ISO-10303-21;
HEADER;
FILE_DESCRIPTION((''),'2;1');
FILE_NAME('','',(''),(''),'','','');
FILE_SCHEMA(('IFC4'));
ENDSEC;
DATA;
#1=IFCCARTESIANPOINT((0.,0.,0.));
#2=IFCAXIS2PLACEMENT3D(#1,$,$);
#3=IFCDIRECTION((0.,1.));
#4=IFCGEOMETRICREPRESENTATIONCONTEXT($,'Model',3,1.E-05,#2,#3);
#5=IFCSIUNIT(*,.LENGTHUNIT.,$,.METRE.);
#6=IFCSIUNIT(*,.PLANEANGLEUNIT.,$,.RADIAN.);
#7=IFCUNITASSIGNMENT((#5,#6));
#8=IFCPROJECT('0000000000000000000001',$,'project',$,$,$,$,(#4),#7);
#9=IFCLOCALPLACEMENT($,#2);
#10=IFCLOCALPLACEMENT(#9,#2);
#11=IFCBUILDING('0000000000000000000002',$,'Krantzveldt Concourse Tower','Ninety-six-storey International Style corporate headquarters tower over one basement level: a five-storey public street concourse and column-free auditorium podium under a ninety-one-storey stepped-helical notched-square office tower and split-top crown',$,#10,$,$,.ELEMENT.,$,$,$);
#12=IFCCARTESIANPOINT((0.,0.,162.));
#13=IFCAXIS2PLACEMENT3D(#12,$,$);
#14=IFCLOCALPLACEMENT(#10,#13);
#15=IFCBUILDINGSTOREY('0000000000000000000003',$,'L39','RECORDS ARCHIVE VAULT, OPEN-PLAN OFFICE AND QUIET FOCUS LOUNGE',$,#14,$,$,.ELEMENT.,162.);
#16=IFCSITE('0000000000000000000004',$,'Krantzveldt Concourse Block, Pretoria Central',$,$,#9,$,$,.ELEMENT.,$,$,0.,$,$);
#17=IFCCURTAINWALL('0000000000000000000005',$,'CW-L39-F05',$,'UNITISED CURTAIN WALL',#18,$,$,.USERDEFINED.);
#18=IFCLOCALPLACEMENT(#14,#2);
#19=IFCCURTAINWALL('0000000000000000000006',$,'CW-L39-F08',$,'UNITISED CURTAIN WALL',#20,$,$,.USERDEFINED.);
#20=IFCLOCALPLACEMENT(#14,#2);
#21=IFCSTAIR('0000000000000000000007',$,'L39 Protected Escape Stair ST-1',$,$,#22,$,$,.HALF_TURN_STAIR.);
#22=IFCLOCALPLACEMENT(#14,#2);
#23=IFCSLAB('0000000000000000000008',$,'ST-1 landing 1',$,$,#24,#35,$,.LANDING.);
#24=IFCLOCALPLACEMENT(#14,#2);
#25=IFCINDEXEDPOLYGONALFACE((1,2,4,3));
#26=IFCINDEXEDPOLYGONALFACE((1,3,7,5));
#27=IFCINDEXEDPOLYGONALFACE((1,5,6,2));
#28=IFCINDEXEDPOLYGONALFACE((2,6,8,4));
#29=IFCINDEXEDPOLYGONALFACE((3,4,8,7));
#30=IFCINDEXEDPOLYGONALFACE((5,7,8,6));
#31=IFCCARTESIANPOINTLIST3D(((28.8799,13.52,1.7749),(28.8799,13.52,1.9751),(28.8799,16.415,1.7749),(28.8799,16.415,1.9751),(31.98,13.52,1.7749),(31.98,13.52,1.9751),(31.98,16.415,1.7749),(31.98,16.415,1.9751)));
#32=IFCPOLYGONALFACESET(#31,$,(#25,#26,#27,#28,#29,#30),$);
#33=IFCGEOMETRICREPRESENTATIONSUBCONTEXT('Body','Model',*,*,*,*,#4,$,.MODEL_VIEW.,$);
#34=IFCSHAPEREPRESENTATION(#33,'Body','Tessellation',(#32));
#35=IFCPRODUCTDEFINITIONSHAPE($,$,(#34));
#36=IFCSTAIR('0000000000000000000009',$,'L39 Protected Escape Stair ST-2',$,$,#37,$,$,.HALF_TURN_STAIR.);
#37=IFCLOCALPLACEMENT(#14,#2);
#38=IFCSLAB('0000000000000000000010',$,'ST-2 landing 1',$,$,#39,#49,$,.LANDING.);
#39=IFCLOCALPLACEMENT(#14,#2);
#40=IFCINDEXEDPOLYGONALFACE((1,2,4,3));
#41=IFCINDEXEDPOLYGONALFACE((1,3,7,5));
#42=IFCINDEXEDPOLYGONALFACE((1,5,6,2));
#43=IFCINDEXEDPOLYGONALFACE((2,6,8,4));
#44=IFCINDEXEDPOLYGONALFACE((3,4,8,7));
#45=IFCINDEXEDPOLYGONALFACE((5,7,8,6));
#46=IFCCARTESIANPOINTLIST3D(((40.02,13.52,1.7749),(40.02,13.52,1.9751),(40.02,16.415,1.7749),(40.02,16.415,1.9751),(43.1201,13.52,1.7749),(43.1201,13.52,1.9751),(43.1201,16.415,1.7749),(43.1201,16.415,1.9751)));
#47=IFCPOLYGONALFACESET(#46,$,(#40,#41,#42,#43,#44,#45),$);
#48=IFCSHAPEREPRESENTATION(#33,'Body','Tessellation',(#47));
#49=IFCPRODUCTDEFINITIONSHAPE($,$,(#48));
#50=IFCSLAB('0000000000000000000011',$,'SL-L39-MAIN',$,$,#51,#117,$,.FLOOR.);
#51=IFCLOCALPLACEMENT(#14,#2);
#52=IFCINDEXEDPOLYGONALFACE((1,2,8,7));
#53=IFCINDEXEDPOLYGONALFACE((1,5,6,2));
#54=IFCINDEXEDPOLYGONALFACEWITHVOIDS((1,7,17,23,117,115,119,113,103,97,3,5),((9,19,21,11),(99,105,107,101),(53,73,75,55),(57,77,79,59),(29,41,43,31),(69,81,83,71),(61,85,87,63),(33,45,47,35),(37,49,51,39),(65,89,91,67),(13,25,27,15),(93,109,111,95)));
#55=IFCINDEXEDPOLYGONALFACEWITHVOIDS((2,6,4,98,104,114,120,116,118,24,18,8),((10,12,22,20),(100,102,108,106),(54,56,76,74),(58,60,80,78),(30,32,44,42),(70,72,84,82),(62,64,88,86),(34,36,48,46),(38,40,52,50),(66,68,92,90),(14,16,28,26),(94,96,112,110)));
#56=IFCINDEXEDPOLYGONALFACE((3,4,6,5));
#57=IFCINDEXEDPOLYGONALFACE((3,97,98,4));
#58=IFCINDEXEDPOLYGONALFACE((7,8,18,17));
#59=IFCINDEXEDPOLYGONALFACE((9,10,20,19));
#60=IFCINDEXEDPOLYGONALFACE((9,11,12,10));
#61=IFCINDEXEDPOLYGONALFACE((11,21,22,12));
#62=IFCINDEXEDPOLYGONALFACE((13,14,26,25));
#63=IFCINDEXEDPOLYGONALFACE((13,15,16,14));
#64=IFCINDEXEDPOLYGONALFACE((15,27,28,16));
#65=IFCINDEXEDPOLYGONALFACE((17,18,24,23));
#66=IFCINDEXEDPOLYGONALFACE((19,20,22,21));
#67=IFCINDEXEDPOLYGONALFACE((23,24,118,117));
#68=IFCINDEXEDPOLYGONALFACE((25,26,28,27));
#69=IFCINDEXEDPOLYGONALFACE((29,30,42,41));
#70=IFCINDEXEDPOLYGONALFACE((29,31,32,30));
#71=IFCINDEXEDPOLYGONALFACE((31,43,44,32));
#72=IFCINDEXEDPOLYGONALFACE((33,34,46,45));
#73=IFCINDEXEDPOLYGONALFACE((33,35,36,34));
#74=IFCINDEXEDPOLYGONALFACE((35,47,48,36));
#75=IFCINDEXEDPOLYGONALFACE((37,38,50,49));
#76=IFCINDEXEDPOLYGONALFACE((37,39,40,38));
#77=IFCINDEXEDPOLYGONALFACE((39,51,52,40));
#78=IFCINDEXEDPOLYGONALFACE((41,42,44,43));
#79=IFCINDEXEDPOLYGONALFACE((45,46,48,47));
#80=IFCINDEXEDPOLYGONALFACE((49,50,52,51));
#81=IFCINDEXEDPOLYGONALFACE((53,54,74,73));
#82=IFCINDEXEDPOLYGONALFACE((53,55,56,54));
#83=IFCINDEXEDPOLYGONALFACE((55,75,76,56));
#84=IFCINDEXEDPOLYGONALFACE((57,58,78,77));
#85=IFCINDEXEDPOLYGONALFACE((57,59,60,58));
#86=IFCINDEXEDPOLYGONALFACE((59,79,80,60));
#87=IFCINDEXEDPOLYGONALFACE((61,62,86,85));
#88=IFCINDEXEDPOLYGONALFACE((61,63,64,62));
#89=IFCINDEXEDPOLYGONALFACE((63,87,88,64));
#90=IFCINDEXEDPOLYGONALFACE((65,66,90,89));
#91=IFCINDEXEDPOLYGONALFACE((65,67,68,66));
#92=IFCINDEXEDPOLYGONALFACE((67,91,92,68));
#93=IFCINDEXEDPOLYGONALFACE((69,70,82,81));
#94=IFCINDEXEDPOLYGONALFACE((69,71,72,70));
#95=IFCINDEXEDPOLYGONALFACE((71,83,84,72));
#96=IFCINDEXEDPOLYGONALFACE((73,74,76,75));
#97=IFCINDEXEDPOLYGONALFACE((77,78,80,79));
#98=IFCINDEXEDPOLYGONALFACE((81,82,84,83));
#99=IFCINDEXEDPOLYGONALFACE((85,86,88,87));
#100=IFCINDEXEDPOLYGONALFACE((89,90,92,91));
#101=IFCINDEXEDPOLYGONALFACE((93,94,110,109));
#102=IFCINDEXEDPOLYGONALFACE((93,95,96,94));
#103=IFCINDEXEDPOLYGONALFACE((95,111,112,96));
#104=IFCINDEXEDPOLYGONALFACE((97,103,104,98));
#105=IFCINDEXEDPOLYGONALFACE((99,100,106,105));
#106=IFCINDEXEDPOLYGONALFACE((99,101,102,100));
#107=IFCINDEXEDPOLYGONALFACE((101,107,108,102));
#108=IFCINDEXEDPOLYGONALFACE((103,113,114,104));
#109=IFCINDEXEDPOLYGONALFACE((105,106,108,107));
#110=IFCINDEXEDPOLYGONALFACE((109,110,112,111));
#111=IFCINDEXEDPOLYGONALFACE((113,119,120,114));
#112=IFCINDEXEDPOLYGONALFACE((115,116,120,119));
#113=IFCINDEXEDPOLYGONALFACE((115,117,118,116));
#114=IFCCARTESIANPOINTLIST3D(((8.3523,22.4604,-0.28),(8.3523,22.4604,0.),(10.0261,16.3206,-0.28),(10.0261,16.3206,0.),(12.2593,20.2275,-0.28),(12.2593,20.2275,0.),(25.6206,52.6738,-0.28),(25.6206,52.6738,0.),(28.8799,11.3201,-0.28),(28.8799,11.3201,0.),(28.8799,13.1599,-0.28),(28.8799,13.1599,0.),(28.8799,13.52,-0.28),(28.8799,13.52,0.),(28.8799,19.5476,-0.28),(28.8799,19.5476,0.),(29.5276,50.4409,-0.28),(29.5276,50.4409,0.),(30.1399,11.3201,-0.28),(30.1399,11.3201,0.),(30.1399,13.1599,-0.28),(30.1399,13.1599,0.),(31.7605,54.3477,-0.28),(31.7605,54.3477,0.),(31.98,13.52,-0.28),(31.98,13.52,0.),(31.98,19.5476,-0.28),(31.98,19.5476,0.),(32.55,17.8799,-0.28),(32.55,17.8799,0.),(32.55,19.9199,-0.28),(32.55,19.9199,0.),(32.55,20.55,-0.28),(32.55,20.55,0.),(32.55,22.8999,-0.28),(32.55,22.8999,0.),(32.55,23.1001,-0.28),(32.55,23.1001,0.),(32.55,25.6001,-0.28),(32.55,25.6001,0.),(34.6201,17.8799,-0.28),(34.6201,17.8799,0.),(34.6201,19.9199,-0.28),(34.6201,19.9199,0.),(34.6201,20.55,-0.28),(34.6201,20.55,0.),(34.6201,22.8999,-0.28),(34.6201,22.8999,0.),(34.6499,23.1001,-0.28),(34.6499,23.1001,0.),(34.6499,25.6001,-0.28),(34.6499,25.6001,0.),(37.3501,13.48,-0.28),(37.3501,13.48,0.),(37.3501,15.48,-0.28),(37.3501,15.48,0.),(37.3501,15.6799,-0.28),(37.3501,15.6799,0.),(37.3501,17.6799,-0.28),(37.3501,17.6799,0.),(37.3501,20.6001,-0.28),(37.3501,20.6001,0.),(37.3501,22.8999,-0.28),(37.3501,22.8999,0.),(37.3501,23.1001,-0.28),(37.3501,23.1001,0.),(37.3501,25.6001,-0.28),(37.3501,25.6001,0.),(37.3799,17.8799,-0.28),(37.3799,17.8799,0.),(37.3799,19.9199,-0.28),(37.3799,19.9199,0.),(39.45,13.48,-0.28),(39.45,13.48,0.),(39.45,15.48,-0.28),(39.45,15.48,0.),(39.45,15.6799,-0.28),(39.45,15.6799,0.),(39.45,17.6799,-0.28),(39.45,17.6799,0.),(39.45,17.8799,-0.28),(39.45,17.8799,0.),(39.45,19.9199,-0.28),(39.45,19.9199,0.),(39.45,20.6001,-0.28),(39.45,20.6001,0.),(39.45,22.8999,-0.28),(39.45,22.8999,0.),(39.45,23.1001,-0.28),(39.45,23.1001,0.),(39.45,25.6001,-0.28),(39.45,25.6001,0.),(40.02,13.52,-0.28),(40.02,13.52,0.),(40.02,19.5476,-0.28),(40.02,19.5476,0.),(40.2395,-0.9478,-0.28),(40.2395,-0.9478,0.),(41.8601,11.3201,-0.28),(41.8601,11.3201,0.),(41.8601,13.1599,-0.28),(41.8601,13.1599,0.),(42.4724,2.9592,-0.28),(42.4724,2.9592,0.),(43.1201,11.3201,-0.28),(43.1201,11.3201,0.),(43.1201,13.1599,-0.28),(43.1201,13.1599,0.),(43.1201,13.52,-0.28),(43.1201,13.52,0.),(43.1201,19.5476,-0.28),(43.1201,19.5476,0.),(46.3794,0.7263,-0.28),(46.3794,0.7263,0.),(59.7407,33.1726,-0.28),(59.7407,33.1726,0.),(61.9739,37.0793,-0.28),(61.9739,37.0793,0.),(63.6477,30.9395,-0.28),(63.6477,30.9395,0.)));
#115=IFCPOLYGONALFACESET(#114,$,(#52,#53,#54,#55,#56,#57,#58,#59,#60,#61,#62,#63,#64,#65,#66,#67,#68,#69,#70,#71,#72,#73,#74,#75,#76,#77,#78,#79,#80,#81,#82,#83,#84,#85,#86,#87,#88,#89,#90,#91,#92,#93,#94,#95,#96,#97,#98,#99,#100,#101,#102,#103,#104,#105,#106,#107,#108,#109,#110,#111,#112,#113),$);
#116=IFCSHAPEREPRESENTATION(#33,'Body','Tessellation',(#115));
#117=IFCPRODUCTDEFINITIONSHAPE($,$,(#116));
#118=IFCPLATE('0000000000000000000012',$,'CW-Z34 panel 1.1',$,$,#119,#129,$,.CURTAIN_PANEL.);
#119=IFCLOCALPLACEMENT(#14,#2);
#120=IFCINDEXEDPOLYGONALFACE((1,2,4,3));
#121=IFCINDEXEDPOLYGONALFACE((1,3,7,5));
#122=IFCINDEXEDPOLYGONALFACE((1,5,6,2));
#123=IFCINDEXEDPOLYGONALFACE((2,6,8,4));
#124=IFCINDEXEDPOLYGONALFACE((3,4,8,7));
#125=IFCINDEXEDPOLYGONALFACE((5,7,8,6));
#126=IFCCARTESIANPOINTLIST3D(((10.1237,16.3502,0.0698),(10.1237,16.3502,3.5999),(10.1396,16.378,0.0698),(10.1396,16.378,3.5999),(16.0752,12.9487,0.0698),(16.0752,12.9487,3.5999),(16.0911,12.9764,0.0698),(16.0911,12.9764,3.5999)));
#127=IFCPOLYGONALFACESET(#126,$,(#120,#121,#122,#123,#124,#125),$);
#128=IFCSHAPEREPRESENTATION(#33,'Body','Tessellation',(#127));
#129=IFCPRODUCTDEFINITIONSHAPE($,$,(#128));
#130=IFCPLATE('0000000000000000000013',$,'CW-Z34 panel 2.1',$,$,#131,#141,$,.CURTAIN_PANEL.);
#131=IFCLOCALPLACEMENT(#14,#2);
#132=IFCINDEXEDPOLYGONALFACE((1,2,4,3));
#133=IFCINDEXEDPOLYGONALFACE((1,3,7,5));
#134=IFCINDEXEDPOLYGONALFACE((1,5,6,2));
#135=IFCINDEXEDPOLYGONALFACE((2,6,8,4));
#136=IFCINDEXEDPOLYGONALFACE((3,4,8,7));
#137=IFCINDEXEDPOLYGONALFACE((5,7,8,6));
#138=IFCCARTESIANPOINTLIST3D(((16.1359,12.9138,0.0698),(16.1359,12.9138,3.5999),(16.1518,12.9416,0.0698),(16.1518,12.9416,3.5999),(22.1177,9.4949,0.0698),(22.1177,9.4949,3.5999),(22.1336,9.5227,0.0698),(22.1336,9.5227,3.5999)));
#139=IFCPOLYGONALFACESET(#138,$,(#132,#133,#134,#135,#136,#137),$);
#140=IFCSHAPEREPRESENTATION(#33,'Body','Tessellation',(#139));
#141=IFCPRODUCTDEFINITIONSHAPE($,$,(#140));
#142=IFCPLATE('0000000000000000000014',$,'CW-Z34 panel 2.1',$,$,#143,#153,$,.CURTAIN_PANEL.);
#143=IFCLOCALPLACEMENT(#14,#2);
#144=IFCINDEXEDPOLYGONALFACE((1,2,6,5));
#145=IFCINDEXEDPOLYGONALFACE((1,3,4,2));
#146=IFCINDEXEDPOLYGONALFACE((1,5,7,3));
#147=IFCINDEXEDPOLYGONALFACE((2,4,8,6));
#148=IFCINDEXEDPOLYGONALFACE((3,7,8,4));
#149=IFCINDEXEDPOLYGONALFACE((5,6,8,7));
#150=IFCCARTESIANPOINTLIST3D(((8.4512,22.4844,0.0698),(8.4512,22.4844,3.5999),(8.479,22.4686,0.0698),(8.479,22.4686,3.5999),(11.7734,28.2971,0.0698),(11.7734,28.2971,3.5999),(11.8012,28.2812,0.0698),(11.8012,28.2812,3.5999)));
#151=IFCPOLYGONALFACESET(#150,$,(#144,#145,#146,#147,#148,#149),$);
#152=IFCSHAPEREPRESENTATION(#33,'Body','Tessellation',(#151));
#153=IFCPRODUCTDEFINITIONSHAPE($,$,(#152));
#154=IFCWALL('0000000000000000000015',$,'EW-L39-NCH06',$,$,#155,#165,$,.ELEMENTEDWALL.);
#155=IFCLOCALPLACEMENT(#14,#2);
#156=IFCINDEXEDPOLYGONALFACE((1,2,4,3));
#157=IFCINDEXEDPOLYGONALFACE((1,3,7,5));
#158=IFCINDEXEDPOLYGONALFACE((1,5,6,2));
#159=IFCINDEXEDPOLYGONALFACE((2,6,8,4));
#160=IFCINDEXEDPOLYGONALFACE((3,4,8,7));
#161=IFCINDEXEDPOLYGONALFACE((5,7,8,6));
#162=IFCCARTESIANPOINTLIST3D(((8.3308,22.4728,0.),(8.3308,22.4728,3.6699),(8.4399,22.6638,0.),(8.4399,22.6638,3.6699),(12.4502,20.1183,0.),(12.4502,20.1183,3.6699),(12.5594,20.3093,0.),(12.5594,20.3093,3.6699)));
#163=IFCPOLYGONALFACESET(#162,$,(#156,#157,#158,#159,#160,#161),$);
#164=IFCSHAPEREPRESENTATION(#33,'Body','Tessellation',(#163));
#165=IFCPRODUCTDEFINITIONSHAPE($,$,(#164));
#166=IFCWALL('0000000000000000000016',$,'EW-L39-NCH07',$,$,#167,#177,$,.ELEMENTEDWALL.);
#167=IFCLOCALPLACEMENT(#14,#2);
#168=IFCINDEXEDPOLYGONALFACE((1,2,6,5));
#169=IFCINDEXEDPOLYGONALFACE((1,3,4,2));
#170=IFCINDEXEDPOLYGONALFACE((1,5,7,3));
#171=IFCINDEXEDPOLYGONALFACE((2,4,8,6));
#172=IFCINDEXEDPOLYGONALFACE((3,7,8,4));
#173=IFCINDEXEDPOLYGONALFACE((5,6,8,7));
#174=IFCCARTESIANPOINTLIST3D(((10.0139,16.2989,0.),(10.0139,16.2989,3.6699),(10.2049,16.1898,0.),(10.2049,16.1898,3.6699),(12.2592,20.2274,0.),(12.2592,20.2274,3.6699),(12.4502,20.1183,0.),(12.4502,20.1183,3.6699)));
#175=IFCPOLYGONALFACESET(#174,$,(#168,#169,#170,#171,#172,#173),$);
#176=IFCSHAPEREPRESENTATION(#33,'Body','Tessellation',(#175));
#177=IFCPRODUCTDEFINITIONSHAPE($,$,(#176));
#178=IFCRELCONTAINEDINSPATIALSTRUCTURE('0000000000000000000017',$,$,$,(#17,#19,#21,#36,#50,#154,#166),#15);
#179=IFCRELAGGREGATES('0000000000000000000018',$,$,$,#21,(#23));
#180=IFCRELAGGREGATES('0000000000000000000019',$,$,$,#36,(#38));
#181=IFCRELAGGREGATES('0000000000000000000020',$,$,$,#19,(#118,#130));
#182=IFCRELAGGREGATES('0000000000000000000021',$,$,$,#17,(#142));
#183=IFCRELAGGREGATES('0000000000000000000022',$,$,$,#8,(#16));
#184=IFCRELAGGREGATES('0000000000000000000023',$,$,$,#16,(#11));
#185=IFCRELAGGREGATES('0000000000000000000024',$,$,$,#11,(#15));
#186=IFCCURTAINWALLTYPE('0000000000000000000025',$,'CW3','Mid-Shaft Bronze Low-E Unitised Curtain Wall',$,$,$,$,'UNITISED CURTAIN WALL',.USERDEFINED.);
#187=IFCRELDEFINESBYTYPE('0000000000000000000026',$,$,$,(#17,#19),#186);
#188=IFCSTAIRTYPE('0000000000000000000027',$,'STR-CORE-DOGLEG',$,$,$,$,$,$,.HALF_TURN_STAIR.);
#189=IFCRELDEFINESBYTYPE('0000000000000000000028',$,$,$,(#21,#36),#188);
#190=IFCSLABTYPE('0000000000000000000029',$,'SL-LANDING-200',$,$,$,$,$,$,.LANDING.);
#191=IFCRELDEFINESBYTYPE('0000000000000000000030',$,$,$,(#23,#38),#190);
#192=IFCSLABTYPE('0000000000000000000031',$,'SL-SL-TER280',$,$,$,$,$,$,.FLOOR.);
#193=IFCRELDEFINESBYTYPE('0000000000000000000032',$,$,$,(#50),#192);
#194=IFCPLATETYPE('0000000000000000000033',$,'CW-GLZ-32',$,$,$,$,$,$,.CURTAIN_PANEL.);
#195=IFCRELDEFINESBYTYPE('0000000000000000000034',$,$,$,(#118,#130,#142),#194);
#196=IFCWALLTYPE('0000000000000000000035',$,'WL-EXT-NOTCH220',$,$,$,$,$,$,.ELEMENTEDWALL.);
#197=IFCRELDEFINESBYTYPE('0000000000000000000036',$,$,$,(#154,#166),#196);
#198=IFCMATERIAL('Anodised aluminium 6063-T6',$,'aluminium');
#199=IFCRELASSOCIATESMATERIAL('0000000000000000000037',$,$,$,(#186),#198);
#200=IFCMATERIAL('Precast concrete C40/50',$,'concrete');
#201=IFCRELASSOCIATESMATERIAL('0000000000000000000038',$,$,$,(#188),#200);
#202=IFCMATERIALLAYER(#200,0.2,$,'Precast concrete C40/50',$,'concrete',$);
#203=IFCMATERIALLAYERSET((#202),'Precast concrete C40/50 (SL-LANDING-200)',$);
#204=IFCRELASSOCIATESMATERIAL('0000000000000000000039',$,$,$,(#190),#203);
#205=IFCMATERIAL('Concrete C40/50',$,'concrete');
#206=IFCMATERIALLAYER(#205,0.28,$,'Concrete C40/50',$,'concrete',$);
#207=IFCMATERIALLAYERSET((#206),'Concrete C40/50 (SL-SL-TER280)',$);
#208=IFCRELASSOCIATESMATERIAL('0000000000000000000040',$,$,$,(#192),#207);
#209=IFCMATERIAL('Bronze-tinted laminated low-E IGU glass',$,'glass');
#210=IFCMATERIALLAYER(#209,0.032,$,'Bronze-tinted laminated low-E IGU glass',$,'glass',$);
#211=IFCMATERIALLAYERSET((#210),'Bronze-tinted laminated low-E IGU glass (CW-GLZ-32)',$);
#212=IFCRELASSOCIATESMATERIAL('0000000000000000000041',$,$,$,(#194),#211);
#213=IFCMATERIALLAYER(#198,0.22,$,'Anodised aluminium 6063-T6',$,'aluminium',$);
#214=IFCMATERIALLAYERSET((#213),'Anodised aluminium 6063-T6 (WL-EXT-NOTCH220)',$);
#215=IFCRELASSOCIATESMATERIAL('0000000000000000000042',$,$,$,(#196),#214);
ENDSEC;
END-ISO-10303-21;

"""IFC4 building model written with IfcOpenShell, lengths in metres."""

from ifc_helpers import new_model, si_unit, direction, frame, frame_2d, origin, origin_2d, place, context, subcontext, project, spatial, polyline, rectangle, outline, extrude, source, transform, mapped, material, layer, layer_set, type_object, type_shapes, element, aggregate, save


model = new_model("IFC4")

# Units and contexts
model_context = context("Model", 3, precision=1e-05, world=origin(), true_north=direction((0.0, 1.0)))
body_context = subcontext(model_context, "Body", "Model", "MODEL_VIEW")
ifc_project = project(units=[si_unit("LENGTHUNIT", "METRE"), si_unit("PLANEANGLEUNIT", "RADIAN")], contexts=[model_context])

# Site, building, storey
site_placement = place(None, origin())
site = spatial("IfcSite", under=ifc_project, at=site_placement, Name="Krantzveldt Concourse Block, Pretoria Central", CompositionType="ELEMENT", RefElevation=0.0)
building_placement = place(site_placement, origin())
building = spatial("IfcBuilding", under=site, at=building_placement, Name="Krantzveldt Concourse Tower", Description="Ninety-six-storey International Style corporate headquarters tower over one basement level: a five-storey public street concourse and column-free auditorium podium under a ninety-one-storey stepped-helical notched-square office tower and split-top crown", CompositionType="ELEMENT")
storey_placement = place(building_placement, frame((0.0, 0.0, 162.0)))
storey = spatial("IfcBuildingStorey", under=building, at=storey_placement, Name="L39", Description="RECORDS ARCHIVE VAULT, OPEN-PLAN OFFICE AND QUIET FOCUS LOUNGE", CompositionType="ELEMENT", Elevation=162.0)

# Curtain wall
ifc_material_1 = material(Name="Anodised aluminium 6063-T6", Category="aluminium")
curtain_wall_type = type_object("IfcCurtainWallType", Name="CW3", Description="Mid-Shaft Bronze Low-E Unitised Curtain Wall", ElementType="UNITISED CURTAIN WALL", PredefinedType="USERDEFINED", material=ifc_material_1)
curtain_wall_1_placement = place(storey_placement, origin())
curtain_wall_1 = element("IfcCurtainWall", 1, at=curtain_wall_1_placement, inside=storey, type_object=curtain_wall_type, Name="CW-L39-F05", ObjectType="UNITISED CURTAIN WALL", PredefinedType="USERDEFINED")

# Curtain wall
curtain_wall_2_placement = place(storey_placement, origin())
curtain_wall_2 = element("IfcCurtainWall", 2, at=curtain_wall_2_placement, inside=storey, type_object=curtain_wall_type, Name="CW-L39-F08", ObjectType="UNITISED CURTAIN WALL", PredefinedType="USERDEFINED")

# Stairs, slabs
ifc_material_2 = material(Name="Precast concrete C40/50", Category="concrete")
stair_type = type_object("IfcStairType", Name="STR-CORE-DOGLEG", PredefinedType="HALF_TURN_STAIR", material=ifc_material_2)
stair_1_placement = place(storey_placement, origin())
stair_1 = element("IfcStair", 3, at=stair_1_placement, inside=storey, type_object=stair_type, Name="L39 Protected Escape Stair ST-1", PredefinedType="HALF_TURN_STAIR")
ifc_layer_1 = layer(ifc_material_2, 0.2, Name="Precast concrete C40/50", Category="concrete")
ifc_layer_set_1 = layer_set([ifc_layer_1], Name="Precast concrete C40/50 (SL-LANDING-200)")
slab_type_1 = type_object("IfcSlabType", Name="SL-LANDING-200", PredefinedType="LANDING", material=ifc_layer_set_1)
slab_1_placement = place(storey_placement, frame((0.0, 0.0, 1.7749)))
slab_1 = element("IfcSlab", 4, at=slab_1_placement, type_object=slab_type_1, Name="ST-1 landing 1", PredefinedType="LANDING", context=body_context, shape_type="SweptSolid", body=[
    extrude(outline(polyline([(28.8799, 16.415), (28.8799, 13.52), (31.98, 13.52), (31.98, 16.415), (28.8799, 16.415)])), origin(), (0.0, 0.0, 1.0), 0.2002),
])
aggregate(stair_1, [slab_1])
stair_2_placement = place(storey_placement, origin())
stair_2 = element("IfcStair", 5, at=stair_2_placement, inside=storey, type_object=stair_type, Name="L39 Protected Escape Stair ST-2", PredefinedType="HALF_TURN_STAIR")
slab_2_placement = place(storey_placement, frame((0.0, 0.0, 1.7749)))
slab_2 = element("IfcSlab", 6, at=slab_2_placement, type_object=slab_type_1, Name="ST-2 landing 1", PredefinedType="LANDING", context=body_context, shape_type="SweptSolid", body=[
    extrude(outline(polyline([(40.02, 16.415), (40.02, 13.52), (43.1201, 13.52), (43.1201, 16.415), (40.02, 16.415)])), origin(), (0.0, 0.0, 1.0), 0.2002),
])
aggregate(stair_2, [slab_2])

# Slab
ifc_material_3 = material(Name="Concrete C40/50", Category="concrete")
ifc_layer_2 = layer(ifc_material_3, 0.28, Name="Concrete C40/50", Category="concrete")
ifc_layer_set_2 = layer_set([ifc_layer_2], Name="Concrete C40/50 (SL-SL-TER280)")
slab_type_2 = type_object("IfcSlabType", Name="SL-SL-TER280", PredefinedType="FLOOR", material=ifc_layer_set_2)
slab_3_placement = place(storey_placement, frame((0.0, 0.0, -0.28)))
element("IfcSlab", 7, at=slab_3_placement, inside=storey, type_object=slab_type_2, Name="SL-L39-MAIN", PredefinedType="FLOOR", context=body_context, shape_type="SweptSolid", body=[
    extrude(outline(polyline([(29.5276, 50.4409), (25.6206, 52.6738), (8.3523, 22.4604), (12.2593, 20.2275), (10.0261, 16.3206), (40.2395, -0.9478), (42.4724, 2.9592), (46.3794, 0.7263), (63.6477, 30.9395), (59.7407, 33.1726), (61.9739, 37.0793), (31.7605, 54.3477), (29.5276, 50.4409)]), holes=[polyline([(28.8799, 19.5476), (28.8799, 13.52), (31.98, 13.52), (31.98, 19.5476), (28.8799, 19.5476)]), polyline([(40.02, 19.5476), (40.02, 13.52), (43.1201, 13.52), (43.1201, 19.5476), (40.02, 19.5476)]), polyline([(32.55, 23.1001), (34.6499, 23.1001), (34.6499, 25.6001), (32.55, 25.6001), (32.55, 23.1001)]), polyline([(37.3501, 23.1001), (39.45, 23.1001), (39.45, 25.6001), (37.3501, 25.6001), (37.3501, 23.1001)]), polyline([(37.3501, 20.6001), (39.45, 20.6001), (39.45, 22.8999), (37.3501, 22.8999), (37.3501, 20.6001)]), polyline([(37.3501, 13.48), (39.45, 13.48), (39.45, 15.48), (37.3501, 15.48), (37.3501, 13.48)]), polyline([(37.3501, 15.6799), (39.45, 15.6799), (39.45, 17.6799), (37.3501, 17.6799), (37.3501, 15.6799)]), polyline([(32.55, 20.55), (34.6201, 20.55), (34.6201, 22.8999), (32.55, 22.8999), (32.55, 20.55)]), polyline([(32.55, 17.8799), (34.6201, 17.8799), (34.6201, 19.9199), (32.55, 19.9199), (32.55, 17.8799)]), polyline([(37.3799, 17.8799), (39.45, 17.8799), (39.45, 19.9199), (37.3799, 19.9199), (37.3799, 17.8799)]), polyline([(28.8799, 11.3201), (30.1399, 11.3201), (30.1399, 13.1599), (28.8799, 13.1599), (28.8799, 11.3201)]), polyline([(41.8601, 11.3201), (43.1201, 11.3201), (43.1201, 13.1599), (41.8601, 13.1599), (41.8601, 11.3201)])]), origin(), (0.0, 0.0, 1.0), 0.28),
])

# Plates
ifc_material_4 = material(Name="Bronze-tinted laminated low-E IGU glass", Category="glass")
ifc_layer_3 = layer(ifc_material_4, 0.032, Name="Bronze-tinted laminated low-E IGU glass", Category="glass")
ifc_layer_set_3 = layer_set([ifc_layer_3], Name="Bronze-tinted laminated low-E IGU glass (CW-GLZ-32)")
plate_type = type_object("IfcPlateType", Name="CW-GLZ-32", PredefinedType="CURTAIN_PANEL", material=ifc_layer_set_3)
shared_shape_1 = source(origin(), body_context, "Body", "SweptSolid", [
    extrude(rectangle(XDim=6.855, YDim=0.032, at=origin_2d()), origin(), (0.0, 0.0, 1.0), 3.53),
])
plate_1_placement = place(storey_placement, frame((13.1074, 14.6633, 0.0698), z_axis=(0.0, 0.0, 1.0), x_axis=(0.868199, -0.496216, 0.0)))
plate_1 = element("IfcPlate", 8, at=plate_1_placement, type_object=plate_type, Name="CW-Z34 panel 1.1", PredefinedType="CURTAIN_PANEL", context=body_context, shape_type="MappedRepresentation", body=[
    mapped(shared_shape_1, transform((0.0, 0.0, 0.0), x_axis=(1.0, 0.0, 0.0), y_axis=(0.0, 1.0, 0.0), z_axis=(0.0, 0.0, 1.0), scale=1.0)),
])
shared_shape_2 = source(origin(), body_context, "Body", "SweptSolid", [
    extrude(rectangle(XDim=6.8899, YDim=0.032, at=origin_2d()), origin(), (0.0, 0.0, 1.0), 3.53),
])
plate_2_placement = place(storey_placement, frame((19.1348, 11.2183, 0.0698), z_axis=(0.0, 0.0, 1.0), x_axis=(0.868199, -0.496216, 0.0)))
plate_2 = element("IfcPlate", 9, at=plate_2_placement, type_object=plate_type, Name="CW-Z34 panel 2.1", PredefinedType="CURTAIN_PANEL", context=body_context, shape_type="MappedRepresentation", body=[
    mapped(shared_shape_2, transform((0.0, 0.0, 0.0), x_axis=(1.0, 0.0, 0.0), y_axis=(0.0, 1.0, 0.0), z_axis=(0.0, 0.0, 1.0), scale=1.0)),
])
aggregate(curtain_wall_2, [plate_1, plate_2])
shared_shape_3 = source(origin(), body_context, "Body", "SweptSolid", [
    extrude(rectangle(XDim=6.6951, YDim=0.032, at=origin_2d()), origin(), (0.0, 0.0, 1.0), 3.53),
])
type_shapes(plate_type, [shared_shape_1, shared_shape_2, shared_shape_3])
plate_3_placement = place(storey_placement, frame((10.1262, 25.3828, 0.0698), z_axis=(0.0, 0.0, 1.0), x_axis=(-0.496216, -0.868199, 0.0)))
plate_3 = element("IfcPlate", 10, at=plate_3_placement, type_object=plate_type, Name="CW-Z34 panel 2.1", PredefinedType="CURTAIN_PANEL", context=body_context, shape_type="MappedRepresentation", body=[
    mapped(shared_shape_3, transform((0.0, 0.0, 0.0), x_axis=(1.0, 0.0, 0.0), y_axis=(0.0, 1.0, 0.0), z_axis=(0.0, 0.0, 1.0), scale=1.0)),
])
aggregate(curtain_wall_1, [plate_3])

# Walls
ifc_layer_4 = layer(ifc_material_1, 0.22, Name="Anodised aluminium 6063-T6", Category="aluminium")
ifc_layer_set_4 = layer_set([ifc_layer_4], Name="Anodised aluminium 6063-T6 (WL-EXT-NOTCH220)")
wall_type_1 = type_object("IfcWallType", Name="WL-EXT-NOTCH220", PredefinedType="ELEMENTEDWALL", material=ifc_layer_set_4)
wall_1_placement = place(storey_placement, frame((8.3853, 22.5684, 0.0), z_axis=(0.0, 0.0, 1.0), x_axis=(0.868192, -0.496228, 0.0)))
element("IfcWall", 11, at=wall_1_placement, inside=storey, type_object=wall_type_1, Name="EW-L39-NCH06", PredefinedType="ELEMENTEDWALL", context=body_context, shape_type="SweptSolid", body=[
    extrude(rectangle(XDim=4.7449, YDim=0.22, at=frame_2d((2.3726, 0.0))), origin(), (0.0, 0.0, 1.0), 3.6699),
])
wall_2_placement = place(storey_placement, frame((12.3547, 20.1729, 0.0), z_axis=(0.0, 0.0, 1.0), x_axis=(-0.496226, -0.868193, 0.0)))
element("IfcWall", 12, at=wall_2_placement, inside=storey, type_object=wall_type_1, Name="EW-L39-NCH07", PredefinedType="ELEMENTEDWALL", context=body_context, shape_type="SweptSolid", body=[
    extrude(rectangle(XDim=4.5249, YDim=0.22, at=frame_2d((2.2625, 0.0))), origin(), (0.0, 0.0, 1.0), 3.6699),
])

save(model, "model.ifc")
